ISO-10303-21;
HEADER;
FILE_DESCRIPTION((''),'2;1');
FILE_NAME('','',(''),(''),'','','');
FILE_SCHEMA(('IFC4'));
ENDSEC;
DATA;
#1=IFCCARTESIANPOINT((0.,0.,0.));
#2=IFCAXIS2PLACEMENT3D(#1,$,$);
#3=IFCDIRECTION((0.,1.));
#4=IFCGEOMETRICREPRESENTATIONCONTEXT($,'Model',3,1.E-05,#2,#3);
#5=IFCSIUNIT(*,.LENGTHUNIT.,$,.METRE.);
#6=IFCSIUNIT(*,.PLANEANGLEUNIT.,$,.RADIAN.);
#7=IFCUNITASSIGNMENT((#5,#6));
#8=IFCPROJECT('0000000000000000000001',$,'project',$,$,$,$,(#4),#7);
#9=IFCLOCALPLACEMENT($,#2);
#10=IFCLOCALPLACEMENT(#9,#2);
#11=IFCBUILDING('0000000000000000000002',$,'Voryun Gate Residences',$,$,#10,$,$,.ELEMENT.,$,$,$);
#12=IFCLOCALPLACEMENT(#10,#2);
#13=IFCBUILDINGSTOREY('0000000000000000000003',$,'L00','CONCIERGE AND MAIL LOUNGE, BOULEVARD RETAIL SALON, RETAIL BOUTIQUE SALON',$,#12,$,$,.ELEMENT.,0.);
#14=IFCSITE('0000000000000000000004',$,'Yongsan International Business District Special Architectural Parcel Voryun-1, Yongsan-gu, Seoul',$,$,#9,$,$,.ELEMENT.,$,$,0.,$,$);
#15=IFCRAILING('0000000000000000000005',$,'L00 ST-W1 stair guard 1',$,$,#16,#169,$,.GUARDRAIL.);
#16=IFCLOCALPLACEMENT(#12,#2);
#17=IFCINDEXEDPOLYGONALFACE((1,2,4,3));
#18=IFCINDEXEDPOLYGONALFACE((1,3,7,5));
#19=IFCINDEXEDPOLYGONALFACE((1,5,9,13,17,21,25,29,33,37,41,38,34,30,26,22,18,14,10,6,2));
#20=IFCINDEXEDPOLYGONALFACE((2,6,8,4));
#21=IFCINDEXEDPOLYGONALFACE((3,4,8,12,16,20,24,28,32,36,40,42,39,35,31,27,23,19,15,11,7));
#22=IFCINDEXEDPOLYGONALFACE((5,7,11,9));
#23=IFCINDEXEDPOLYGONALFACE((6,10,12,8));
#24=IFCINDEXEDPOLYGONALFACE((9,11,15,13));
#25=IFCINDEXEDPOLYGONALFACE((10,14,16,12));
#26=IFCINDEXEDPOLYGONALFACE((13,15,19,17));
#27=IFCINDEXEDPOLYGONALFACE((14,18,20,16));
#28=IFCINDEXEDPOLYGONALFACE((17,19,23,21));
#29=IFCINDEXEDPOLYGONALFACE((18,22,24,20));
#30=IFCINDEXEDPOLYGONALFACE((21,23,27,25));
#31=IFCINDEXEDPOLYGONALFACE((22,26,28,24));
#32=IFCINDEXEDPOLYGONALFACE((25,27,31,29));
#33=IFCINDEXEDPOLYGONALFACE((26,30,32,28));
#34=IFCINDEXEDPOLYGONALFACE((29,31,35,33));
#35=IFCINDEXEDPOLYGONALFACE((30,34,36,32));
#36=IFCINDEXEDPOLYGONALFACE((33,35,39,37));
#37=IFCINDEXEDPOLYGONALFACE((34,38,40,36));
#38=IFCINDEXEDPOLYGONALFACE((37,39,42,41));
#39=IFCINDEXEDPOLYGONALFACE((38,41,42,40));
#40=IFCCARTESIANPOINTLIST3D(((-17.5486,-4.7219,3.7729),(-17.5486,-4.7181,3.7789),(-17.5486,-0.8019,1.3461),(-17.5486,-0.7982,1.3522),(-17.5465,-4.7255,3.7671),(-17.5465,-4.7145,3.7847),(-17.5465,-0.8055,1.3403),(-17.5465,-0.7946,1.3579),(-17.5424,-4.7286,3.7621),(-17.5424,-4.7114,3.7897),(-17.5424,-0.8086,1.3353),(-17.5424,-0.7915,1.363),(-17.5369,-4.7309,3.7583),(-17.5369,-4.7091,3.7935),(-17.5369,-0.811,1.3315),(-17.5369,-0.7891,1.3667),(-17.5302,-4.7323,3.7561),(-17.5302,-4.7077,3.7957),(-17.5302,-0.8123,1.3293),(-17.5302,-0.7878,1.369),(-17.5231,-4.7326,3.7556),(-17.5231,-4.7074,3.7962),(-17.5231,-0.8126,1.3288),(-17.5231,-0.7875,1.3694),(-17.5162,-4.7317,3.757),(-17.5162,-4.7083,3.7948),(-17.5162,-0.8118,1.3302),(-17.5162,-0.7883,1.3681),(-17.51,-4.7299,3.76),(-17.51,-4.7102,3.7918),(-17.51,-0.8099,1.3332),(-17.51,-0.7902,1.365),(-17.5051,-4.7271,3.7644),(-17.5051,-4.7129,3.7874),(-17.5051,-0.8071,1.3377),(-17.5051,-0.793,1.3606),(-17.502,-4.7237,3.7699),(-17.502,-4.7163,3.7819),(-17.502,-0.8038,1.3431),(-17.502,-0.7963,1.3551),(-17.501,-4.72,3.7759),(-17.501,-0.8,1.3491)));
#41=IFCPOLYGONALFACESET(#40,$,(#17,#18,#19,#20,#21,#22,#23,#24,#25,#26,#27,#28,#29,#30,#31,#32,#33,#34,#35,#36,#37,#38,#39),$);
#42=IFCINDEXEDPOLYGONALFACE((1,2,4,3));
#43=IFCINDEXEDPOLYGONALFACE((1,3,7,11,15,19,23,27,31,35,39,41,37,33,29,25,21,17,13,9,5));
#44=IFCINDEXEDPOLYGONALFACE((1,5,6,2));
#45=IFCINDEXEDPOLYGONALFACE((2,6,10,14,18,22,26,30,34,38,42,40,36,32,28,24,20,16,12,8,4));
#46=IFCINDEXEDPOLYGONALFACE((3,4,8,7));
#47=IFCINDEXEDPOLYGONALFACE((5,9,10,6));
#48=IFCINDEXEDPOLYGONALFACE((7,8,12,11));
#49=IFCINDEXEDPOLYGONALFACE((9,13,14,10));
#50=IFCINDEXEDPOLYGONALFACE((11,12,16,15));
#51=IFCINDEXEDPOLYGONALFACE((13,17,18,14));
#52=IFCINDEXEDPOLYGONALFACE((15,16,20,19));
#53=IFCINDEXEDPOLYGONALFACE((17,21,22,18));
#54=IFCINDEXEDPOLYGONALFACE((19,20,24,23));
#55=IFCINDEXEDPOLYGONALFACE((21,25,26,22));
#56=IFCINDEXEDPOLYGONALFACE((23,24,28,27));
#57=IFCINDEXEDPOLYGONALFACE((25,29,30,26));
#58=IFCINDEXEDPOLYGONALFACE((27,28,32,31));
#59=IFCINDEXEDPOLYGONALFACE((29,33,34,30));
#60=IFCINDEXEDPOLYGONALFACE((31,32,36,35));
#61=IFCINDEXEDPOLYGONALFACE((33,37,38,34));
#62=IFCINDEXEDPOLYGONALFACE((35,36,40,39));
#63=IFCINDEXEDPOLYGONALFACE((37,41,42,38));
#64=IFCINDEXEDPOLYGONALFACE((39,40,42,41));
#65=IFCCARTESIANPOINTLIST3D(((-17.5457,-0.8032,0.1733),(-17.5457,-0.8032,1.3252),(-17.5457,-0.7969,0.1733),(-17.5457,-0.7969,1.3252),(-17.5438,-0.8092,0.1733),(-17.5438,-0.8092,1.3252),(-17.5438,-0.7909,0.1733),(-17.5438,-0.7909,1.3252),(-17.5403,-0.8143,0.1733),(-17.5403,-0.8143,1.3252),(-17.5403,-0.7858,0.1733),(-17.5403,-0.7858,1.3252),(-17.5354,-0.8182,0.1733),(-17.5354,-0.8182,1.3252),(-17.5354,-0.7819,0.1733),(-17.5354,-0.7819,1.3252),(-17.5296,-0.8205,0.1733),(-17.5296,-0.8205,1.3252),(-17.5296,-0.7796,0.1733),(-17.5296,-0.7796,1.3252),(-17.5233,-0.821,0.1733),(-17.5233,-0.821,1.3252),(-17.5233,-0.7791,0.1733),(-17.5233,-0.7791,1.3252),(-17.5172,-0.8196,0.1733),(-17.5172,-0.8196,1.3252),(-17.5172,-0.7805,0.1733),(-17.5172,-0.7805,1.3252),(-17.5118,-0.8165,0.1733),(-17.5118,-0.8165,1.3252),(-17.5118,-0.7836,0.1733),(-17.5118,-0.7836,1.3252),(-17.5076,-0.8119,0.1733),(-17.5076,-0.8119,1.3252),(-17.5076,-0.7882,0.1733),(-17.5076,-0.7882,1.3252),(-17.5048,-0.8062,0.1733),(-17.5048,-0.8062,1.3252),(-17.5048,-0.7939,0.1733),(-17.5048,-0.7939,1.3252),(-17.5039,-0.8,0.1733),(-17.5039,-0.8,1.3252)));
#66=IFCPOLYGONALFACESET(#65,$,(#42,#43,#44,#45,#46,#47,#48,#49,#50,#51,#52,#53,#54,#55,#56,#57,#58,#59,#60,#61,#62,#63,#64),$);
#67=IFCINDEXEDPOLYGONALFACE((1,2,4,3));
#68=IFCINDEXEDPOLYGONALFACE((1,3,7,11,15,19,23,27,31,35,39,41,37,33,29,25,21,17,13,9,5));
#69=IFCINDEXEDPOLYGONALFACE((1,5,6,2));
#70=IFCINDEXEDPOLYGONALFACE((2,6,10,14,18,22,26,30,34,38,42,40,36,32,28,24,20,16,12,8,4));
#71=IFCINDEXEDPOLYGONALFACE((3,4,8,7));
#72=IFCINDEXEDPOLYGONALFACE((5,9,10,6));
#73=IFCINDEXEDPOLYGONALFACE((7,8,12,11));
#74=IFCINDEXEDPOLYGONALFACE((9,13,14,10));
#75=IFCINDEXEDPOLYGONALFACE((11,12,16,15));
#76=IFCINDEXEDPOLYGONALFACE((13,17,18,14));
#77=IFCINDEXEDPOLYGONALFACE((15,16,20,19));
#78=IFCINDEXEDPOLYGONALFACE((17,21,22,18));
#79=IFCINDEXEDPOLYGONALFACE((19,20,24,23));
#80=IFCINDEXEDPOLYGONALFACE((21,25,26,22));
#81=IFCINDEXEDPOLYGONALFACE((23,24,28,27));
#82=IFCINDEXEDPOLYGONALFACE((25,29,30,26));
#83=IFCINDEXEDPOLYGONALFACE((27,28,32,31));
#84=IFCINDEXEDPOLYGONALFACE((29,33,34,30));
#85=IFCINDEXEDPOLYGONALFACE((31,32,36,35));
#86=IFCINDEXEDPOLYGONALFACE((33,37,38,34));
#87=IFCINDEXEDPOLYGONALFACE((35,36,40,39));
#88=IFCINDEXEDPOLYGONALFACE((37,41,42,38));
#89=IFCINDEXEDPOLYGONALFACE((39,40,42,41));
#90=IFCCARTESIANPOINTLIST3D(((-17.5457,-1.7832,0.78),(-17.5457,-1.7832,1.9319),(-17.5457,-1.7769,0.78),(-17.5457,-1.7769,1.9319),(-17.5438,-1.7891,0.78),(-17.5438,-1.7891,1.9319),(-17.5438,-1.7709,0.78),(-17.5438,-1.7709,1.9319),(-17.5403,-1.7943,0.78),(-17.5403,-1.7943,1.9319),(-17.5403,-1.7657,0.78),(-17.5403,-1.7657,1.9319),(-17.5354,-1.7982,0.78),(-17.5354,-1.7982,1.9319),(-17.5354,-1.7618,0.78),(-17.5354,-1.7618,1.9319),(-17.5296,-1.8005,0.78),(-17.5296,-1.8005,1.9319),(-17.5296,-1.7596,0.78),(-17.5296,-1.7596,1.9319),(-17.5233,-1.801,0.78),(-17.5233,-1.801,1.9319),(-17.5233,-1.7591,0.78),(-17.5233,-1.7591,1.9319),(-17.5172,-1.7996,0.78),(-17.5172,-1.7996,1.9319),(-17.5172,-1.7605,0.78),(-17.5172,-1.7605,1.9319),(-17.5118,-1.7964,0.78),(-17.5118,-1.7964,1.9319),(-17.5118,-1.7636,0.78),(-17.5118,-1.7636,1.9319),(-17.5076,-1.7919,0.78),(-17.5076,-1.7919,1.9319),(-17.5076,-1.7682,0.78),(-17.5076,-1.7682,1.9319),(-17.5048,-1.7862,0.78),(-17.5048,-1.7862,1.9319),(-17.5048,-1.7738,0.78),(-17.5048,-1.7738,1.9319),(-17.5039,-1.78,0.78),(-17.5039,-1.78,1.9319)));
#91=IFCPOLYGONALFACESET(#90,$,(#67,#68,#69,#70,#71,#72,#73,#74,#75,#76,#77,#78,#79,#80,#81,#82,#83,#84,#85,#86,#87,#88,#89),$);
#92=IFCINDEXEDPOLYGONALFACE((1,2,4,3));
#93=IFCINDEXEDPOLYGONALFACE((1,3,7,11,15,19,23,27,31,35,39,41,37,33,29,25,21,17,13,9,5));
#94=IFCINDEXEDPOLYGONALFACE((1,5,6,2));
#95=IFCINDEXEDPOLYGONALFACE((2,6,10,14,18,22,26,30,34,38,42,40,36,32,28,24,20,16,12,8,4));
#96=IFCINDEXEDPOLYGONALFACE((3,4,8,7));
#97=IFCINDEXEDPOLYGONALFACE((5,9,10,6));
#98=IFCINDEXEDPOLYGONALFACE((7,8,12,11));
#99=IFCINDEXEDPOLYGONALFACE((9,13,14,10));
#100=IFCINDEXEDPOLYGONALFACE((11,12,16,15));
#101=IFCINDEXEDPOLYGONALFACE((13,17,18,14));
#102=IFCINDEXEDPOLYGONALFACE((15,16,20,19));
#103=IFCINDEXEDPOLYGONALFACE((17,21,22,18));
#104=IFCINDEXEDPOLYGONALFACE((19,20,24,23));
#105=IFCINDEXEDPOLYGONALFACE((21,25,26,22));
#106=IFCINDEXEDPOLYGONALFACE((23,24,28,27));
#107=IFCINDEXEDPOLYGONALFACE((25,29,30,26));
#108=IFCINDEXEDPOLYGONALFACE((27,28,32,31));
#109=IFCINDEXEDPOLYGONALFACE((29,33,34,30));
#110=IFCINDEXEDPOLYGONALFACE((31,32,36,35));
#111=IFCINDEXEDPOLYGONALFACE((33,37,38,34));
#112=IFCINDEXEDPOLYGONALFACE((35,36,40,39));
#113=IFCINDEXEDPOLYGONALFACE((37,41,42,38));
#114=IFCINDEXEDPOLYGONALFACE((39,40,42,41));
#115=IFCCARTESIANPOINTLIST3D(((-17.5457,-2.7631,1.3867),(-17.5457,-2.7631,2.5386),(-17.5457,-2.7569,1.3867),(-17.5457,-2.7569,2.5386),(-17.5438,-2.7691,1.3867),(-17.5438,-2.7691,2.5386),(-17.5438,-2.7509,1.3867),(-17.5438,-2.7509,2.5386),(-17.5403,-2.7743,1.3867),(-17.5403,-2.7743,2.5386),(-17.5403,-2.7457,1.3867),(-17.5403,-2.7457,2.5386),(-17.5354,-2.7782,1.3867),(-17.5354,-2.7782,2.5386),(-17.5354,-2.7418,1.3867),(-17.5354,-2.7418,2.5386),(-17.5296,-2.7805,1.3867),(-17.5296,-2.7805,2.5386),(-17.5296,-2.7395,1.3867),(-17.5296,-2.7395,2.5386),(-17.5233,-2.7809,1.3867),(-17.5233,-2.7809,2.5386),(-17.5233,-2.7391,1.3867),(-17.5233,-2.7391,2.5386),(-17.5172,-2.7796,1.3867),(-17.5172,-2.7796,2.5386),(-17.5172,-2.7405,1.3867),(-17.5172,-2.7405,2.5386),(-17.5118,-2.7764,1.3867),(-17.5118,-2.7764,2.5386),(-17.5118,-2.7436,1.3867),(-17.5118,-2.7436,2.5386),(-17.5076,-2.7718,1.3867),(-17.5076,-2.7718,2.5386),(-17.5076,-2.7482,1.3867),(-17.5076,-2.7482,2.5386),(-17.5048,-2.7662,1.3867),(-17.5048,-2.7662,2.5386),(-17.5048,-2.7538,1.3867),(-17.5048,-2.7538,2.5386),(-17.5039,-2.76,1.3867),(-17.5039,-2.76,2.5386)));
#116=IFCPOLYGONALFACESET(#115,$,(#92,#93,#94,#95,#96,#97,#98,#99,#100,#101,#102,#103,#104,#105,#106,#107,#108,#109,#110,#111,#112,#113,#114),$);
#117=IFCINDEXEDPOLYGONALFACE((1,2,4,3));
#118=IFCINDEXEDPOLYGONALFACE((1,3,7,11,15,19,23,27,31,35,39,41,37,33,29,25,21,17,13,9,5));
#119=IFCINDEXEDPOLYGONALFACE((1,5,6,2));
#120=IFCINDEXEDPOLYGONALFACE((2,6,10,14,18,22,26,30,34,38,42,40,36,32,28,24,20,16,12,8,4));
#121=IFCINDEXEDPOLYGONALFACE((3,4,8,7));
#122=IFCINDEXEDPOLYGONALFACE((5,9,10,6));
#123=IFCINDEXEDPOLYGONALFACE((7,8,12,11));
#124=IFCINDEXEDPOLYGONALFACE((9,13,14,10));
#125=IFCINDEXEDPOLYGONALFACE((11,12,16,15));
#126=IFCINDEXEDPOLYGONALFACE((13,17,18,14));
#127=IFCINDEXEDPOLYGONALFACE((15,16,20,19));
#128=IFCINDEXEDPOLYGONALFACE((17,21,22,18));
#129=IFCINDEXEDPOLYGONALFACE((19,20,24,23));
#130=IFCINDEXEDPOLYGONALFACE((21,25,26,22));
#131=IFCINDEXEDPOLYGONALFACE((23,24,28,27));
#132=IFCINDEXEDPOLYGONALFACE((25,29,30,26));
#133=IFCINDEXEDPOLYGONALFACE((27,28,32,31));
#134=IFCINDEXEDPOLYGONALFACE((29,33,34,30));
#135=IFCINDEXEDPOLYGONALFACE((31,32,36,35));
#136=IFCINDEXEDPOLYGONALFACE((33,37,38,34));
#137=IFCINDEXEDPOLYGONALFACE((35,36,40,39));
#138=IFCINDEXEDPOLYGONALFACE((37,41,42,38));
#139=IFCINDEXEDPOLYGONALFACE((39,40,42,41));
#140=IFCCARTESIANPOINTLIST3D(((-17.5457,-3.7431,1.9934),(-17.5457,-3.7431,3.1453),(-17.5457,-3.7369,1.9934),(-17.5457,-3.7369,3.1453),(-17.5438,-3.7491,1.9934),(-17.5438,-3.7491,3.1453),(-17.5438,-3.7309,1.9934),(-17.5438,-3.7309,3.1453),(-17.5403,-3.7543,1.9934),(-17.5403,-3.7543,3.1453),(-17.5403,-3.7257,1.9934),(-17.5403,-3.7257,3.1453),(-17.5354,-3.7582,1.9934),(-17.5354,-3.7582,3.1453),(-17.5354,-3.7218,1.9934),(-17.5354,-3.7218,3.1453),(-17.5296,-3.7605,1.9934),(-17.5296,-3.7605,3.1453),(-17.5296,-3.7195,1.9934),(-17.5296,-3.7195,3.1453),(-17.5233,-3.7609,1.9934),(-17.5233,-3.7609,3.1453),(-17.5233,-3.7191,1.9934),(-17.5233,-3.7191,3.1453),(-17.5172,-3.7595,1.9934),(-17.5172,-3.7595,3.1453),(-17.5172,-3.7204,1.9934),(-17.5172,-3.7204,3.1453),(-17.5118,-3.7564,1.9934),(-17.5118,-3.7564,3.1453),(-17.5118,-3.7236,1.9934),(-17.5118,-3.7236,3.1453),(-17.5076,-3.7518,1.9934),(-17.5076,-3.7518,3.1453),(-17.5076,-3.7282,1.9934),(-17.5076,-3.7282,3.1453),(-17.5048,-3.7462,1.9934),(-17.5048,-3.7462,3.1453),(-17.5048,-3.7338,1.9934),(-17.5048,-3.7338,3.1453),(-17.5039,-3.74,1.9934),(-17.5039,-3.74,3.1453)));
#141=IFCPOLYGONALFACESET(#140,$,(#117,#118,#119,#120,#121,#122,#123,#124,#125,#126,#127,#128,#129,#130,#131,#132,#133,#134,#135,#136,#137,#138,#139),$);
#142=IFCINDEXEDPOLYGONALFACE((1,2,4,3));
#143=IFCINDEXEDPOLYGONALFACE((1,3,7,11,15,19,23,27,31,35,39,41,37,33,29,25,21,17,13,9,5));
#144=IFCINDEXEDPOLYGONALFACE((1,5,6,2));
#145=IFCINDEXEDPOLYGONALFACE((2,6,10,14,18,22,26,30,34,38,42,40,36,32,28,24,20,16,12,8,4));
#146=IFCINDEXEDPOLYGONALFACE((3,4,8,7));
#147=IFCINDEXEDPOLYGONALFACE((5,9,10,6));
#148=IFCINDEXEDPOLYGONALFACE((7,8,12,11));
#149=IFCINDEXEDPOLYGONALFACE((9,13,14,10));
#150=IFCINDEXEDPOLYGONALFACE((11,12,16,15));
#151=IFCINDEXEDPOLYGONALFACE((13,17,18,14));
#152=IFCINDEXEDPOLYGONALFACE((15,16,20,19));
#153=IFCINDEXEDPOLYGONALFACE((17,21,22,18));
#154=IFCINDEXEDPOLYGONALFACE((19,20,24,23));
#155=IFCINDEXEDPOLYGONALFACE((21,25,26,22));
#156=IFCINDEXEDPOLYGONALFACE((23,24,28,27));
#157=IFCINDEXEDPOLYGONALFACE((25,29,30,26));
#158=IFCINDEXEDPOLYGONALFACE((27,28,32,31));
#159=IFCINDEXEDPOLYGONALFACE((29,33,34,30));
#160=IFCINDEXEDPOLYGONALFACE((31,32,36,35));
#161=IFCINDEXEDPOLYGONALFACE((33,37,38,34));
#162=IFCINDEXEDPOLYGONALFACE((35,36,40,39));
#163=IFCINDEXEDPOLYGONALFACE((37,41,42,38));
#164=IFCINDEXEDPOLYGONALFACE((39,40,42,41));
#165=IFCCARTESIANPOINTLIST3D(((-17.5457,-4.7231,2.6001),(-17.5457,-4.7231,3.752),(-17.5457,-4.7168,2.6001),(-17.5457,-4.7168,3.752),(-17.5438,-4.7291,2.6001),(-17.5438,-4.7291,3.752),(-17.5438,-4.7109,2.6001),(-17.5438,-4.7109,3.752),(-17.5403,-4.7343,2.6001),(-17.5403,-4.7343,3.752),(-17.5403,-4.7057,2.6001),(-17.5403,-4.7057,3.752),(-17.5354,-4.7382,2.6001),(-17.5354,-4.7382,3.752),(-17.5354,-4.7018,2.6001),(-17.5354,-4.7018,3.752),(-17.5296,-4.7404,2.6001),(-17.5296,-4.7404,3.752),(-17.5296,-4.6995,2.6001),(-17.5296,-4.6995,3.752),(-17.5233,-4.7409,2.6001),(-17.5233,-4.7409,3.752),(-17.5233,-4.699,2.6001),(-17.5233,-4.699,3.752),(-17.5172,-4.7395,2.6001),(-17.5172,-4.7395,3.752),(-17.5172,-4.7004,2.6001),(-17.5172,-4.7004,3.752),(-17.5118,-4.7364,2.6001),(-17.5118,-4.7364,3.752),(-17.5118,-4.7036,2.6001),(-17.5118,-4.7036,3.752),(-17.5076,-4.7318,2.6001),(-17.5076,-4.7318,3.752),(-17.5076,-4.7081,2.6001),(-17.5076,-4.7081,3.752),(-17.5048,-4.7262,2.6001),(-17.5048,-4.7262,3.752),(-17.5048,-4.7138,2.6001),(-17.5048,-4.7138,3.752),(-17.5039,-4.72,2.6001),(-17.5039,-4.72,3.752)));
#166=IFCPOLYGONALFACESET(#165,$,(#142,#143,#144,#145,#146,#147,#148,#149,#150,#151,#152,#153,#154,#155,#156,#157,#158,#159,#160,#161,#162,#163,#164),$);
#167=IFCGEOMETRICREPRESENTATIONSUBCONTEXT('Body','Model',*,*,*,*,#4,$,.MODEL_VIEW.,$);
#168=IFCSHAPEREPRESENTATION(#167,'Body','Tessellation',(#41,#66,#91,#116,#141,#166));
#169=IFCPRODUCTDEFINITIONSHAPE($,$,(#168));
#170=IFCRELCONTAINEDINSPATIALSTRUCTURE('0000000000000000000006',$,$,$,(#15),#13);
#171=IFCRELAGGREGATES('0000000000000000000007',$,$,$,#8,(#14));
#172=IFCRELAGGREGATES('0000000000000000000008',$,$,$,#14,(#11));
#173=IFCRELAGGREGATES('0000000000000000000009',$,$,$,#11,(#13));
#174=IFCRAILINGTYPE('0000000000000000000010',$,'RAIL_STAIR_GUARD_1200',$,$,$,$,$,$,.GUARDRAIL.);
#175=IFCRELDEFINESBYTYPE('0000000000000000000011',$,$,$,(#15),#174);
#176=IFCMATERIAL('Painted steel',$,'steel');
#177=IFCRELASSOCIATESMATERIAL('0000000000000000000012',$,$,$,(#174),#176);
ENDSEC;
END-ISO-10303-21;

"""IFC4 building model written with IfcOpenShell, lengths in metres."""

from ifc_helpers import new_model, si_unit, direction, frame, origin, origin_2d, place, context, subcontext, project, spatial, circle, extrude, material, type_object, element, save


model = new_model("IFC4")

# Units and contexts
model_context = context("Model", 3, precision=1e-05, world=origin(), true_north=direction((0.0, 1.0)))
body_context = subcontext(model_context, "Body", "Model", "MODEL_VIEW")
ifc_project = project(units=[si_unit("LENGTHUNIT", "METRE"), si_unit("PLANEANGLEUNIT", "RADIAN")], contexts=[model_context])

# Site, building, storey
site_placement = place(None, origin())
site = spatial("IfcSite", under=ifc_project, at=site_placement, Name="Yongsan International Business District Special Architectural Parcel Voryun-1, Yongsan-gu, Seoul", CompositionType="ELEMENT", RefElevation=0.0)
building_placement = place(site_placement, origin())
building = spatial("IfcBuilding", under=site, at=building_placement, Name="Voryun Gate Residences", CompositionType="ELEMENT")
storey_placement = place(building_placement, origin())
storey = spatial("IfcBuildingStorey", under=building, at=storey_placement, Name="L00", Description="CONCIERGE AND MAIL LOUNGE, BOULEVARD RETAIL SALON, RETAIL BOUTIQUE SALON", CompositionType="ELEMENT", Elevation=0.0)

# Railing
ifc_material_1 = material(Name="Painted steel", Category="steel")
railing_type = type_object("IfcRailingType", Name="RAIL_STAIR_GUARD_1200", PredefinedType="GUARDRAIL", material=ifc_material_1)
railing_1_placement = place(storey_placement, frame((-17.5249, -0.8, 0.1733)))
element("IfcRailing", 1, at=railing_1_placement, inside=storey, type_object=railing_type, Name="L00 ST-W1 stair guard 1", PredefinedType="GUARDRAIL", context=body_context, shape_type="SweptSolid", body=[
    extrude(circle(Radius=0.0239, at=origin_2d()), frame((0.0, 0.0, 1.1758), z_axis=(0.0, -0.850252, 0.526376), x_axis=(1.0, 0.0, 0.0)), (0.0, 0.0, 1.0), 4.6104),
    extrude(circle(Radius=0.021, at=origin_2d()), origin(), (0.0, 0.0, 1.0), 1.1519),
    extrude(circle(Radius=0.021, at=origin_2d()), frame((0.0, -0.98, 0.6067)), (0.0, 0.0, 1.0), 1.1519),
    extrude(circle(Radius=0.021, at=origin_2d()), frame((0.0, -1.96, 1.2134)), (0.0, 0.0, 1.0), 1.1519),
    extrude(circle(Radius=0.021, at=origin_2d()), frame((0.0, -2.9399, 1.8201)), (0.0, 0.0, 1.0), 1.1519),
    extrude(circle(Radius=0.021, at=origin_2d()), frame((0.0, -3.9199, 2.4268)), (0.0, 0.0, 1.0), 1.1519),
])

save(model, "model.ifc")
